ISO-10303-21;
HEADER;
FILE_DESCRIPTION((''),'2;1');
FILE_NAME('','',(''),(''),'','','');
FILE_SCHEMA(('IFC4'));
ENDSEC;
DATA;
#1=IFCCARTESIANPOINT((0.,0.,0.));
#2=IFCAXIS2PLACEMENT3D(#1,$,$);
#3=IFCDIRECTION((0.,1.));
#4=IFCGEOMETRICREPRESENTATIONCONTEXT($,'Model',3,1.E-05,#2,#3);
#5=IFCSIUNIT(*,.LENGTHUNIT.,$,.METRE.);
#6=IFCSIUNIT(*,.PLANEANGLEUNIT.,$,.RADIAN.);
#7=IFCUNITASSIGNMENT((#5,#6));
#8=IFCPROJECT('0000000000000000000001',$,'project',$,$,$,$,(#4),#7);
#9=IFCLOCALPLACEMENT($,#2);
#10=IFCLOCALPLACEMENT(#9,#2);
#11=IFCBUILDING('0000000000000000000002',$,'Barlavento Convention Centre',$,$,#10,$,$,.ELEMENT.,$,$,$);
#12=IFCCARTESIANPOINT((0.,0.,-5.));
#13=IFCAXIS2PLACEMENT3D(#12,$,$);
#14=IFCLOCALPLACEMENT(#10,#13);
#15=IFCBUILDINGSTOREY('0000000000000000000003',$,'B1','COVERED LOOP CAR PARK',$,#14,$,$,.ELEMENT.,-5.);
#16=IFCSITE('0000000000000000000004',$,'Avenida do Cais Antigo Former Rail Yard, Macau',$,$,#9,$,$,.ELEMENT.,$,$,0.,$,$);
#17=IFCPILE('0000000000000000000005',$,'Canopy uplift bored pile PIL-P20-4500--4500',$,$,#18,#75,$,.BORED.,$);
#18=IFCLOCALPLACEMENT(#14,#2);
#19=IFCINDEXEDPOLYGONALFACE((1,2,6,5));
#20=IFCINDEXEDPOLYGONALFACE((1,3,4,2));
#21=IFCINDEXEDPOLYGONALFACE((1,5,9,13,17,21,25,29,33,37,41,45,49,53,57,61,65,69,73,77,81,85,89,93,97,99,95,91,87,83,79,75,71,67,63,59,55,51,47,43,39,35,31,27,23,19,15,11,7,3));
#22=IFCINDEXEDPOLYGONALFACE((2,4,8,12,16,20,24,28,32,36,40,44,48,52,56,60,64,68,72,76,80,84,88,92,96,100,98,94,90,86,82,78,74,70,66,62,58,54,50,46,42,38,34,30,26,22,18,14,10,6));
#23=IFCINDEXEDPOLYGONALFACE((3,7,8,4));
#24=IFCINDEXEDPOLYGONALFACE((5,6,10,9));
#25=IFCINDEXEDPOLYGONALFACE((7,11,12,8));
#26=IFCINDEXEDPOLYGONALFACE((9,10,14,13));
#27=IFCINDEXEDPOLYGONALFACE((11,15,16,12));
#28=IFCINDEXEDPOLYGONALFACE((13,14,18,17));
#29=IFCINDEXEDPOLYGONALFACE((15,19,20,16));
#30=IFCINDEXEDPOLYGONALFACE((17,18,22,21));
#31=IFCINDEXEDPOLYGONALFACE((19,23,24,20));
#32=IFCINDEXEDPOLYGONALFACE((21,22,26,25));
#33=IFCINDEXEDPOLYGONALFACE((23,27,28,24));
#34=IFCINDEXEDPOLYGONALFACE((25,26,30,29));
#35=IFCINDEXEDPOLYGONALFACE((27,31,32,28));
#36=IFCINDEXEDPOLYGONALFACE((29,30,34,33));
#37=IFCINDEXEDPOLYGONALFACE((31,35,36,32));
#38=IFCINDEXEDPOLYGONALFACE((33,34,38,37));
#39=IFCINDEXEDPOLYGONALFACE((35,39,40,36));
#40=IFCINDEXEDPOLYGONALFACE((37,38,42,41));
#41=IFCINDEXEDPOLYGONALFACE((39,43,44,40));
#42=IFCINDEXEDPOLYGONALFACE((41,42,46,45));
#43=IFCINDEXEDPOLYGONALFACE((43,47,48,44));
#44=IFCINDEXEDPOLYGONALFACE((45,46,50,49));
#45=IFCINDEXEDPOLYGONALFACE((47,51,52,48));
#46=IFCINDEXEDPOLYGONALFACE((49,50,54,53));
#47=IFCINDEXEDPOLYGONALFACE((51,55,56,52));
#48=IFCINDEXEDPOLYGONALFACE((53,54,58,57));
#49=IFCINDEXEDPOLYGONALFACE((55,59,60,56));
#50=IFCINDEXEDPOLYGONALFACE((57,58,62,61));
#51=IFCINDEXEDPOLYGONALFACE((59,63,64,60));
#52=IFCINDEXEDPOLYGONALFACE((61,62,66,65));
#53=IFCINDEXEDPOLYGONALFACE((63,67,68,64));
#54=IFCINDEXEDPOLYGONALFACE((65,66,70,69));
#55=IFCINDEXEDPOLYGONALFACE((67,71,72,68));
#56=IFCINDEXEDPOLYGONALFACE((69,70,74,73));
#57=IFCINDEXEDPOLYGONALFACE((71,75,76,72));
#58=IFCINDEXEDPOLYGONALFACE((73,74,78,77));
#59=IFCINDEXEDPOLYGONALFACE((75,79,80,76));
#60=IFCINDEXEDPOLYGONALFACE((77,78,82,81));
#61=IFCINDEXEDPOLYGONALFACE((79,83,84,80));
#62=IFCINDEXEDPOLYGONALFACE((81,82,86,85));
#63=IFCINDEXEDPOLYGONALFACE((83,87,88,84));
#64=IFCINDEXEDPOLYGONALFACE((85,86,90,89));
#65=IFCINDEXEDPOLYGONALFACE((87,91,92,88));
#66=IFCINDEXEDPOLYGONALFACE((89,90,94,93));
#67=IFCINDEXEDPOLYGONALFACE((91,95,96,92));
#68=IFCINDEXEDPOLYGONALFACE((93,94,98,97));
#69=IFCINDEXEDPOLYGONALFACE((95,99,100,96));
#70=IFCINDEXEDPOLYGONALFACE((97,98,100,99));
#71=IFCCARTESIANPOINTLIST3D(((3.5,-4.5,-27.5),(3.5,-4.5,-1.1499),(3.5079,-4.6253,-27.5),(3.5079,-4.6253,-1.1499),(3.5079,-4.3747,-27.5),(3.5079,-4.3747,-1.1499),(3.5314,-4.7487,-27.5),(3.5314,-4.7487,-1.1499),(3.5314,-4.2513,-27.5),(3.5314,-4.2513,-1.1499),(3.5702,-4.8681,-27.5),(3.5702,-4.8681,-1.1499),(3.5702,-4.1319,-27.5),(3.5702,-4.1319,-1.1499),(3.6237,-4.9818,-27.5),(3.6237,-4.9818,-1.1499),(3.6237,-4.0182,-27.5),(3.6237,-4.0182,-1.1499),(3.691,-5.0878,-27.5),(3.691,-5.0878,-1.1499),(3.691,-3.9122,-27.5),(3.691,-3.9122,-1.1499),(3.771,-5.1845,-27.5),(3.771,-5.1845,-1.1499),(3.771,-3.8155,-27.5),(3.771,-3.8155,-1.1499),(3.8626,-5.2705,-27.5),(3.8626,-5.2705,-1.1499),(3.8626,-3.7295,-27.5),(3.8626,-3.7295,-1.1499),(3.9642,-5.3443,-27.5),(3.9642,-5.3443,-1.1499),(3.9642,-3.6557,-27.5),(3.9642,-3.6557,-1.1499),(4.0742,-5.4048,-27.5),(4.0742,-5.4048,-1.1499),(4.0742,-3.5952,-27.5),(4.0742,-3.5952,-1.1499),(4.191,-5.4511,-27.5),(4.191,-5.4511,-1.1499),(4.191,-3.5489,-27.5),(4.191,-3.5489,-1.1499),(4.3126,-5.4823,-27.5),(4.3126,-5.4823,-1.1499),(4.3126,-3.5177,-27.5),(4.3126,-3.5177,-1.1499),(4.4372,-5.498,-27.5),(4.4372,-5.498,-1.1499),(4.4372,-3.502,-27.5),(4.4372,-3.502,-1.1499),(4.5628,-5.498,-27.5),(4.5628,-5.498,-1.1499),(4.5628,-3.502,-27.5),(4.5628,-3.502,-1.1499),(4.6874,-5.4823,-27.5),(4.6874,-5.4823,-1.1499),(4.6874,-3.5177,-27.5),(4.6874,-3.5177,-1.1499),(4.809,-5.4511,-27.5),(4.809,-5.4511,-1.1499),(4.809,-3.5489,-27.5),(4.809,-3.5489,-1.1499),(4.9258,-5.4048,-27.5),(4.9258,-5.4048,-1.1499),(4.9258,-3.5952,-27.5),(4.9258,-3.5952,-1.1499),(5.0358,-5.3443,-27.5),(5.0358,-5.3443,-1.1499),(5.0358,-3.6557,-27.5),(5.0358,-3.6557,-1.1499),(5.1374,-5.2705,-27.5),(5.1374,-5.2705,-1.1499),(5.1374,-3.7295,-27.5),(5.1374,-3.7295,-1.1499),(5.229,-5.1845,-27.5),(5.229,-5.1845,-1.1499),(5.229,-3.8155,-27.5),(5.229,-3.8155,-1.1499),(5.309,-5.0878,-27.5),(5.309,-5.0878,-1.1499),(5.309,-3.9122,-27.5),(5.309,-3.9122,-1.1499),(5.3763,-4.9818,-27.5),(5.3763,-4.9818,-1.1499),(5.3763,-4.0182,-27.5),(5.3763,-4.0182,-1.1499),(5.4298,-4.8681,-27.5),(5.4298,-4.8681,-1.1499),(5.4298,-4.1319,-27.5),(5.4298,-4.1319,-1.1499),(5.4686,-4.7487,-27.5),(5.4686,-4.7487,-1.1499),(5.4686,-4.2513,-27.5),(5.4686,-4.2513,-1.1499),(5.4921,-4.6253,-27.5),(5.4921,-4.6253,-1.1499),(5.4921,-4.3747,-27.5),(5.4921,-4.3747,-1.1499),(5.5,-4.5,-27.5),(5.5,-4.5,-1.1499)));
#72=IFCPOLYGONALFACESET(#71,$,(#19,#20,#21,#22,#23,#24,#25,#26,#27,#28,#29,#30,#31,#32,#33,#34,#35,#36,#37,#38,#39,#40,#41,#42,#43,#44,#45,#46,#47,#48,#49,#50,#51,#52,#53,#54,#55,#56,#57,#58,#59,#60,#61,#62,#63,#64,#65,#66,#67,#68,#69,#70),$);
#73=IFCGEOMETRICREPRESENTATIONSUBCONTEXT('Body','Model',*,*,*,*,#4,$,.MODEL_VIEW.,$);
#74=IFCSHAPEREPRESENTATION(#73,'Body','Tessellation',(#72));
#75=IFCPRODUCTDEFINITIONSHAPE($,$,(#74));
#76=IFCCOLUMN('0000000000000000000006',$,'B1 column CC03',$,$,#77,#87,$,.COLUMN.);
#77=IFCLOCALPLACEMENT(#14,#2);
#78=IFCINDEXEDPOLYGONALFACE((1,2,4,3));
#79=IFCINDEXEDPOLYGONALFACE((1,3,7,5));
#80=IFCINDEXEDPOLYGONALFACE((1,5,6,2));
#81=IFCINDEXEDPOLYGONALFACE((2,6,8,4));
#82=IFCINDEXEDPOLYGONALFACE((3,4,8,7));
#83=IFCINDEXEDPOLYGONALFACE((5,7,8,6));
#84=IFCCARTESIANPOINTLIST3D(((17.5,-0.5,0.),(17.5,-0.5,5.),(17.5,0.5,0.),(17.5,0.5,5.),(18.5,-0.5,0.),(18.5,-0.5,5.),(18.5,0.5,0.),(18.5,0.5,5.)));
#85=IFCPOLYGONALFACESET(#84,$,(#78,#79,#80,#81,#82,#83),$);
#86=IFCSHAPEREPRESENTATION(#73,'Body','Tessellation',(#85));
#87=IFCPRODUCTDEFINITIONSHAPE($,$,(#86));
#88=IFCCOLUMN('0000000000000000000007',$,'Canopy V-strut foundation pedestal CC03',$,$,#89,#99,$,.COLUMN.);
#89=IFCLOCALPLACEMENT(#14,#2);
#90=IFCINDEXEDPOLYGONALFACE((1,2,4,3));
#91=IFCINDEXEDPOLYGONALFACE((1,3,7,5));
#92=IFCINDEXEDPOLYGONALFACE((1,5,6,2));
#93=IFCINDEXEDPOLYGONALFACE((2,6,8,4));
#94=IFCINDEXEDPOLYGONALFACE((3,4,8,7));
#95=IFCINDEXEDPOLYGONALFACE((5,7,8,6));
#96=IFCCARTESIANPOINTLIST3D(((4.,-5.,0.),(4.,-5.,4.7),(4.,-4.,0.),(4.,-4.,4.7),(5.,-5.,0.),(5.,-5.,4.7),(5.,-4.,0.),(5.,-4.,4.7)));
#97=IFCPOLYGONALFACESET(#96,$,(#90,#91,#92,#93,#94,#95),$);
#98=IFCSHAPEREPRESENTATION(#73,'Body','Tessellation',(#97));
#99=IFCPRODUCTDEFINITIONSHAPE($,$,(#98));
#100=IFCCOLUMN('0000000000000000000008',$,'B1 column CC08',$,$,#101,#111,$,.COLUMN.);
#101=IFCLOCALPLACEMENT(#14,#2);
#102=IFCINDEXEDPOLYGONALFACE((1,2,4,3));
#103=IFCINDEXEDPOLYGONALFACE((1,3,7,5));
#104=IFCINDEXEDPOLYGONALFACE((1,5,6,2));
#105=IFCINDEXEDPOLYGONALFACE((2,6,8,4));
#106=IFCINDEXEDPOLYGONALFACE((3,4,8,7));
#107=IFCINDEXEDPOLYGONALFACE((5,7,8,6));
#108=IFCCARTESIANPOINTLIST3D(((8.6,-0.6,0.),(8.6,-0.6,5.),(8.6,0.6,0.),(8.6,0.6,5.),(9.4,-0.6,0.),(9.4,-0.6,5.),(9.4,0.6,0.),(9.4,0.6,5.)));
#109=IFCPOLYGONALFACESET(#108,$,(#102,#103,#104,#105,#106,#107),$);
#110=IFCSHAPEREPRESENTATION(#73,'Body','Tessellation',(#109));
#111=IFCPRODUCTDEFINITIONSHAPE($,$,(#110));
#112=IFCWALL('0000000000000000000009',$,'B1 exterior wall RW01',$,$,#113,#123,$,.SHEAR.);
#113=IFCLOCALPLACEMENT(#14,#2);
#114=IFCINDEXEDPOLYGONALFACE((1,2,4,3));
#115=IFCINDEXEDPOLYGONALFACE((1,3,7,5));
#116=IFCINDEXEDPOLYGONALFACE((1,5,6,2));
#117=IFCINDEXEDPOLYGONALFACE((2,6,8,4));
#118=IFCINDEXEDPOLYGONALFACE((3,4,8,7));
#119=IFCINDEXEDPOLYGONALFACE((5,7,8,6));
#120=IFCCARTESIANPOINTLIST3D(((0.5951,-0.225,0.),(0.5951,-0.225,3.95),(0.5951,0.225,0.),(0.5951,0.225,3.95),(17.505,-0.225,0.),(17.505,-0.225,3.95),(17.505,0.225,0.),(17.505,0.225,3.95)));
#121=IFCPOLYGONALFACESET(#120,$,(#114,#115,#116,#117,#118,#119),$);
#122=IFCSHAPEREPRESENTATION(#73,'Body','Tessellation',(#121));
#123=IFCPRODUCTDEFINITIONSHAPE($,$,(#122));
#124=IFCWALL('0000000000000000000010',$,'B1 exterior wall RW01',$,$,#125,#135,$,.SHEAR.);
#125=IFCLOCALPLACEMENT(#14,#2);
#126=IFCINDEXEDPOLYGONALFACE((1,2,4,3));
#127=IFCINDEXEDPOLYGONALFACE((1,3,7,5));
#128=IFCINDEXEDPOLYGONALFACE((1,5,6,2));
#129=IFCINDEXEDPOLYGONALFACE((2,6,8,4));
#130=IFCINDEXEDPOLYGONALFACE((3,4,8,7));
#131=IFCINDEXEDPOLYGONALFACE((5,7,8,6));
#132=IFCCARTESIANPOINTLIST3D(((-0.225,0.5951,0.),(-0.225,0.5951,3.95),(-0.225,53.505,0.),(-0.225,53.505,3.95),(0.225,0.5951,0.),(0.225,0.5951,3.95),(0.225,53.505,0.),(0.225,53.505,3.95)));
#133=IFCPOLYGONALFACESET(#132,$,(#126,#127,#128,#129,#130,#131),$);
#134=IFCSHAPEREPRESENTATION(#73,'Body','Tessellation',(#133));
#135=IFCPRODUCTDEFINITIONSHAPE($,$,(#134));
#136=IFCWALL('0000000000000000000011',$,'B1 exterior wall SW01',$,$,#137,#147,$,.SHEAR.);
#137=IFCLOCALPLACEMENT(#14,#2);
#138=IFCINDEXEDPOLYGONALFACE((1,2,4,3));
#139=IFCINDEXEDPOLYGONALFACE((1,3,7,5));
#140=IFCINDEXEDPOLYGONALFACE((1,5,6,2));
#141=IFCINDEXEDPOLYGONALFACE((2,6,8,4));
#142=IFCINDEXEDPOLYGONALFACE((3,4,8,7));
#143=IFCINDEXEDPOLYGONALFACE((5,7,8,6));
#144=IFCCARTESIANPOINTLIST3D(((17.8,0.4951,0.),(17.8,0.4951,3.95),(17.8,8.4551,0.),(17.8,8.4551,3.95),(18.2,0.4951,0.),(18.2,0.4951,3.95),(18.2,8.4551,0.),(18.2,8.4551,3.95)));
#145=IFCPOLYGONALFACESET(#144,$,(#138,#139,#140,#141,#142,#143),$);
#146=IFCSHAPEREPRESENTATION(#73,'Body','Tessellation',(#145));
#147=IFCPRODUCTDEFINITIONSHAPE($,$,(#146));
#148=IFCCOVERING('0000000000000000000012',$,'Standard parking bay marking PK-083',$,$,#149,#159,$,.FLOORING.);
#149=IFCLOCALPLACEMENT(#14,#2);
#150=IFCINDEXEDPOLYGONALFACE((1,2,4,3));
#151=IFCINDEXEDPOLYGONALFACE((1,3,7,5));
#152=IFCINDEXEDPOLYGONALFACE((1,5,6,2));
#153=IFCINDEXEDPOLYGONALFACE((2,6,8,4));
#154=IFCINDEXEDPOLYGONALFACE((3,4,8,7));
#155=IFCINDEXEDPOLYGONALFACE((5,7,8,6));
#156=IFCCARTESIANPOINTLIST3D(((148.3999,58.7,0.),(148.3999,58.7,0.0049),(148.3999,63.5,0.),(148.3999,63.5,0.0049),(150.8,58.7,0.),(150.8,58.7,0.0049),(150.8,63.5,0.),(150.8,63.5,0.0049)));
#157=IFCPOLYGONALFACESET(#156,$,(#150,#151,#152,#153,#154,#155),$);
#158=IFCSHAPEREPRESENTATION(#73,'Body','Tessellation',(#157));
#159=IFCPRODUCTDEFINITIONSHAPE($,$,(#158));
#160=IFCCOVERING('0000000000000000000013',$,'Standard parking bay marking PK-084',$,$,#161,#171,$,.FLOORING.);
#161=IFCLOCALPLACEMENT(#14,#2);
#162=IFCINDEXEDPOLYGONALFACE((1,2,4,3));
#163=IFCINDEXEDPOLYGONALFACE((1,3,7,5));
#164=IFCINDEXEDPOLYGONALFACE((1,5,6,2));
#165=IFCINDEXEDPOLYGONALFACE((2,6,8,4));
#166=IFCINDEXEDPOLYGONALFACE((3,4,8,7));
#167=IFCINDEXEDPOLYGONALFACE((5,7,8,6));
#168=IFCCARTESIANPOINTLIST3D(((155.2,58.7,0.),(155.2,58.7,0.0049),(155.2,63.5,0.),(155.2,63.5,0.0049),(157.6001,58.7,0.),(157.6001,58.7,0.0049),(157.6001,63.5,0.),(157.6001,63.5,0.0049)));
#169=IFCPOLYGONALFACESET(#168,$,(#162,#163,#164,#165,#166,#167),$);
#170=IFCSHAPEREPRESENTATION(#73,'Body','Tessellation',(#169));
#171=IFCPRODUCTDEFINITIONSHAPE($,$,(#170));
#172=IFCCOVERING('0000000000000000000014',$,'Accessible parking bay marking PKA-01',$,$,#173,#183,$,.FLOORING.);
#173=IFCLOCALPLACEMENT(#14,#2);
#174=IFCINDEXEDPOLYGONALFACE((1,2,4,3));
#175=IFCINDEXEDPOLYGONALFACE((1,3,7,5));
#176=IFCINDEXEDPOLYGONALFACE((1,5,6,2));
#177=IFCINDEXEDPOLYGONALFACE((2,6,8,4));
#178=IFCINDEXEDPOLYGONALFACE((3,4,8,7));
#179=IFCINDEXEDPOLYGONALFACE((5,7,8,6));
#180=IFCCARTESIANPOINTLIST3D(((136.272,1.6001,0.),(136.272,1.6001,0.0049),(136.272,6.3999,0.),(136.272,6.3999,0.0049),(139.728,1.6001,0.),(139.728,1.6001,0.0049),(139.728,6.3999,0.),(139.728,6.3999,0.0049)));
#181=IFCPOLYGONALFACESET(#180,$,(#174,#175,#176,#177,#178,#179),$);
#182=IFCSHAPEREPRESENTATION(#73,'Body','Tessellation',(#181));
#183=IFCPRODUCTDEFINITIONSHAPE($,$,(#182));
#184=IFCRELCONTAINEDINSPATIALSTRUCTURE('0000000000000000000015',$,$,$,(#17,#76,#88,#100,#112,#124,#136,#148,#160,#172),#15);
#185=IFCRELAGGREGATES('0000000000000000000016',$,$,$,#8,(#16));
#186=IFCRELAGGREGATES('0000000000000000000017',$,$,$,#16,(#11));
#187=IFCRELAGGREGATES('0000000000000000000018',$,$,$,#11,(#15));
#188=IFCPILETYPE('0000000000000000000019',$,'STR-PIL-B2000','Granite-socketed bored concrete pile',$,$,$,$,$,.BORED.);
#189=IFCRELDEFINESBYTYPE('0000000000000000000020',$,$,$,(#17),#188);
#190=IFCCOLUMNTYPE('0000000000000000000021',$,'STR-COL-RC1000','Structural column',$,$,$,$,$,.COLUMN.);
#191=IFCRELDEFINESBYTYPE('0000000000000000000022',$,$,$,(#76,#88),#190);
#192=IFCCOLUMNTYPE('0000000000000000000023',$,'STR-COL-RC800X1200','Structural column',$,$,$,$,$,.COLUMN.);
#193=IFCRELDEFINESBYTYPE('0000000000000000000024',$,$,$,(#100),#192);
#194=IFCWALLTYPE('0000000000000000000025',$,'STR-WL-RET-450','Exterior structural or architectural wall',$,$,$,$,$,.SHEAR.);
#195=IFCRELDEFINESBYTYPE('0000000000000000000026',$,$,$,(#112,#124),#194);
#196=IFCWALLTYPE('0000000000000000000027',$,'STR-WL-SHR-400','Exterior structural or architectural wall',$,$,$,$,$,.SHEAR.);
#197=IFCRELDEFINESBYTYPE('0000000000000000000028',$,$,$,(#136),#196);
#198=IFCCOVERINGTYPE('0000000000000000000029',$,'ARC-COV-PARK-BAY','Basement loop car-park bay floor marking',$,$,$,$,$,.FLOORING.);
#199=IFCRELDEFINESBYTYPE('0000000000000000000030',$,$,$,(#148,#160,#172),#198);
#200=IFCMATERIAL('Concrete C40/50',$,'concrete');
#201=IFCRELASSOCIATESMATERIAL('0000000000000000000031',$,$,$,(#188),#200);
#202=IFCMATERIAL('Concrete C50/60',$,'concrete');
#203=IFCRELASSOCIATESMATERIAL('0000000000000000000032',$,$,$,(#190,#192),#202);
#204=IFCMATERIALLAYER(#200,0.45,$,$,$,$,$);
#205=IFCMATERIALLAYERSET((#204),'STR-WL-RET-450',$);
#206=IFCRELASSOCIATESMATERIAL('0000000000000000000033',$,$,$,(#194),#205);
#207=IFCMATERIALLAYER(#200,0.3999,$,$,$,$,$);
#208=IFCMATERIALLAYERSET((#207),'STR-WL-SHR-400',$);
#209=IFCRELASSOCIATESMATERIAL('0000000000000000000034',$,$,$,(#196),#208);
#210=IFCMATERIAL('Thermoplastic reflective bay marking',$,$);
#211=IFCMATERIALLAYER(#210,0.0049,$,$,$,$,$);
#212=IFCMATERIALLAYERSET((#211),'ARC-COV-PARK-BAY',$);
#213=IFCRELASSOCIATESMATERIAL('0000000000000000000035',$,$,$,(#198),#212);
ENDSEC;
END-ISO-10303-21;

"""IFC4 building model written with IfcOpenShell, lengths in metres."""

from ifc_helpers import new_model, si_unit, direction, frame, frame_2d, origin, origin_2d, place, context, subcontext, project, spatial, polyline, rectangle, circle, outline, extrude, material, layer, layer_set, material_profile, profile_set, type_object, element, save


model = new_model("IFC4")

# Units and contexts
model_context = context("Model", 3, precision=1e-05, world=origin(), true_north=direction((0.0, 1.0)))
body_context = subcontext(model_context, "Body", "Model", "MODEL_VIEW")
ifc_project = project(units=[si_unit("LENGTHUNIT", "METRE"), si_unit("PLANEANGLEUNIT", "RADIAN")], contexts=[model_context])

# Site, building, storey
site_placement = place(None, origin())
site = spatial("IfcSite", under=ifc_project, at=site_placement, Name="Avenida do Cais Antigo Former Rail Yard, Macau", CompositionType="ELEMENT", RefElevation=0.0)
building_placement = place(site_placement, origin())
building = spatial("IfcBuilding", under=site, at=building_placement, Name="Barlavento Convention Centre", CompositionType="ELEMENT")
storey_placement = place(building_placement, frame((0.0, 0.0, -5.0)))
storey = spatial("IfcBuildingStorey", under=building, at=storey_placement, Name="B1", Description="COVERED LOOP CAR PARK", CompositionType="ELEMENT", Elevation=-5.0)

# Shared definitions
ifc_material_1 = material(Name="Concrete C40/50", Category="concrete")

# Pile
ifc_material_profile_1 = material_profile(ifc_material_1, circle(Radius=1.0, at=origin_2d()), Name="BORED PILE 2000")
ifc_profile_set_1 = profile_set([ifc_material_profile_1], Name="Concrete C40/50")
pile_type_1 = type_object("IfcPileType", Name="STR-PIL-B2000", Description="Granite-socketed bored concrete pile", PredefinedType="BORED", material=ifc_profile_set_1)
pile_placement = place(storey_placement, frame((4.5, -4.5, -1.1499), z_axis=(0.0, 0.0, -1.0), x_axis=(1.0, 0.0, 0.0)))
element("IfcPile", 1, at=pile_placement, inside=storey, type_object=pile_type_1, Name="Canopy uplift bored pile PIL-P20-4500--4500", PredefinedType="BORED", context=body_context, shape_type="SweptSolid", body=[
    extrude(circle(Radius=1.0, at=origin_2d()), origin(), (0.0, 0.0, 1.0), 26.3501),
])

# Columns
ifc_material_2 = material(Name="Concrete C50/60", Category="concrete")
ifc_material_profile_2 = material_profile(ifc_material_2, rectangle(XDim=1.0, YDim=1.0, at=origin_2d()), Name="RC 1000x1000")
ifc_profile_set_2 = profile_set([ifc_material_profile_2], Name="Concrete C50/60")
column_type_1 = type_object("IfcColumnType", Name="STR-COL-RC1000", Description="Structural column", PredefinedType="COLUMN", material=ifc_profile_set_2)
column_1_placement = place(storey_placement, frame((18.0, 0.0, 0.0), z_axis=(0.0, 0.0, 1.0), x_axis=(1.0, 0.0, 0.0)))
element("IfcColumn", 2, at=column_1_placement, inside=storey, type_object=column_type_1, Name="B1 column CC03", PredefinedType="COLUMN", context=body_context, shape_type="SweptSolid", body=[
    extrude(rectangle(XDim=1.0, YDim=1.0, at=origin_2d()), origin(), (0.0, 0.0, 1.0), 5.0),
])
column_2_placement = place(storey_placement, frame((4.5, -4.5, 0.0), z_axis=(0.0, 0.0, 1.0), x_axis=(1.0, 0.0, 0.0)))
element("IfcColumn", 3, at=column_2_placement, inside=storey, type_object=column_type_1, Name="Canopy V-strut foundation pedestal CC03", PredefinedType="COLUMN", context=body_context, shape_type="SweptSolid", body=[
    extrude(rectangle(XDim=1.0, YDim=1.0, at=origin_2d()), origin(), (0.0, 0.0, 1.0), 4.7),
])
ifc_material_profile_3 = material_profile(ifc_material_2, rectangle(XDim=0.8, YDim=1.2, at=origin_2d()), Name="RC 800x1200")
ifc_profile_set_3 = profile_set([ifc_material_profile_3], Name="Concrete C50/60")
column_type_2 = type_object("IfcColumnType", Name="STR-COL-RC800X1200", Description="Structural column", PredefinedType="COLUMN", material=ifc_profile_set_3)
column_3_placement = place(storey_placement, frame((9.0, 0.0, 0.0), z_axis=(0.0, 0.0, 1.0), x_axis=(1.0, 0.0, 0.0)))
element("IfcColumn", 4, at=column_3_placement, inside=storey, type_object=column_type_2, Name="B1 column CC08", PredefinedType="COLUMN", context=body_context, shape_type="SweptSolid", body=[
    extrude(rectangle(XDim=0.8, YDim=1.2, at=origin_2d()), origin(), (0.0, 0.0, 1.0), 5.0),
])

# Walls
ifc_layer_1 = layer(ifc_material_1, 0.45)
ifc_layer_set_1 = layer_set([ifc_layer_1], Name="STR-WL-RET-450")
wall_type_1 = type_object("IfcWallType", Name="STR-WL-RET-450", Description="Exterior structural or architectural wall", PredefinedType="SHEAR", material=ifc_layer_set_1)
wall_1_placement = place(storey_placement, frame((0.595, 0.0, 0.0), z_axis=(0.0, 0.0, 1.0), x_axis=(1.0, 0.0, 0.0)))
element("IfcWall", 5, at=wall_1_placement, inside=storey, type_object=wall_type_1, Name="B1 exterior wall RW01", PredefinedType="SHEAR", context=body_context, shape_type="SweptSolid", body=[
    extrude(rectangle(XDim=16.9099, YDim=0.45, at=frame_2d((8.4551, 0.0))), origin(), (0.0, 0.0, 1.0), 3.95),
])
wall_2_placement = place(storey_placement, frame((0.0, 0.595, 0.0), z_axis=(0.0, 0.0, 1.0), x_axis=(0.0, 1.0, 0.0)))
element("IfcWall", 6, at=wall_2_placement, inside=storey, type_object=wall_type_1, Name="B1 exterior wall RW01", PredefinedType="SHEAR", context=body_context, shape_type="SweptSolid", body=[
    extrude(rectangle(XDim=52.9099, YDim=0.45, at=frame_2d((26.4551, 0.0))), origin(), (0.0, 0.0, 1.0), 3.95),
])
ifc_layer_2 = layer(ifc_material_1, 0.3999)
ifc_layer_set_2 = layer_set([ifc_layer_2], Name="STR-WL-SHR-400")
wall_type_2 = type_object("IfcWallType", Name="STR-WL-SHR-400", Description="Exterior structural or architectural wall", PredefinedType="SHEAR", material=ifc_layer_set_2)
wall_3_placement = place(storey_placement, frame((18.0, 0.4951, 0.0), z_axis=(0.0, 0.0, 1.0), x_axis=(0.0, 1.0, 0.0)))
element("IfcWall", 7, at=wall_3_placement, inside=storey, type_object=wall_type_2, Name="B1 exterior wall SW01", PredefinedType="SHEAR", context=body_context, shape_type="SweptSolid", body=[
    extrude(rectangle(XDim=7.96, YDim=0.3999, at=frame_2d((3.98, 0.0))), origin(), (0.0, 0.0, 1.0), 3.95),
])

# Coverings
ifc_material_3 = material(Name="Thermoplastic reflective bay marking")
ifc_layer_3 = layer(ifc_material_3, 0.0049)
ifc_layer_set_3 = layer_set([ifc_layer_3], Name="ARC-COV-PARK-BAY")
covering_type = type_object("IfcCoveringType", Name="ARC-COV-PARK-BAY", Description="Basement loop car-park bay floor marking", PredefinedType="FLOORING", material=ifc_layer_set_3)
covering_1_placement = place(storey_placement, origin())
element("IfcCovering", 8, at=covering_1_placement, inside=storey, type_object=covering_type, Name="Standard parking bay marking PK-083", PredefinedType="FLOORING", context=body_context, shape_type="SweptSolid", body=[
    extrude(outline(polyline([(148.3999, 58.7), (150.8, 58.7), (150.8, 63.5), (148.3999, 63.5), (148.3999, 58.7)])), origin(), (0.0, 0.0, 1.0), 0.0049),
])
covering_2_placement = place(storey_placement, origin())
element("IfcCovering", 9, at=covering_2_placement, inside=storey, type_object=covering_type, Name="Standard parking bay marking PK-084", PredefinedType="FLOORING", context=body_context, shape_type="SweptSolid", body=[
    extrude(outline(polyline([(155.2, 58.7), (157.6001, 58.7), (157.6001, 63.5), (155.2, 63.5), (155.2, 58.7)])), origin(), (0.0, 0.0, 1.0), 0.0049),
])
covering_3_placement = place(storey_placement, origin())
element("IfcCovering", 10, at=covering_3_placement, inside=storey, type_object=covering_type, Name="Accessible parking bay marking PKA-01", PredefinedType="FLOORING", context=body_context, shape_type="SweptSolid", body=[
    extrude(outline(polyline([(136.272, 1.6001), (139.728, 1.6001), (139.728, 6.3999), (136.272, 6.3999), (136.272, 1.6001)])), origin(), (0.0, 0.0, 1.0), 0.0049),
])

save(model, "model.ifc")
